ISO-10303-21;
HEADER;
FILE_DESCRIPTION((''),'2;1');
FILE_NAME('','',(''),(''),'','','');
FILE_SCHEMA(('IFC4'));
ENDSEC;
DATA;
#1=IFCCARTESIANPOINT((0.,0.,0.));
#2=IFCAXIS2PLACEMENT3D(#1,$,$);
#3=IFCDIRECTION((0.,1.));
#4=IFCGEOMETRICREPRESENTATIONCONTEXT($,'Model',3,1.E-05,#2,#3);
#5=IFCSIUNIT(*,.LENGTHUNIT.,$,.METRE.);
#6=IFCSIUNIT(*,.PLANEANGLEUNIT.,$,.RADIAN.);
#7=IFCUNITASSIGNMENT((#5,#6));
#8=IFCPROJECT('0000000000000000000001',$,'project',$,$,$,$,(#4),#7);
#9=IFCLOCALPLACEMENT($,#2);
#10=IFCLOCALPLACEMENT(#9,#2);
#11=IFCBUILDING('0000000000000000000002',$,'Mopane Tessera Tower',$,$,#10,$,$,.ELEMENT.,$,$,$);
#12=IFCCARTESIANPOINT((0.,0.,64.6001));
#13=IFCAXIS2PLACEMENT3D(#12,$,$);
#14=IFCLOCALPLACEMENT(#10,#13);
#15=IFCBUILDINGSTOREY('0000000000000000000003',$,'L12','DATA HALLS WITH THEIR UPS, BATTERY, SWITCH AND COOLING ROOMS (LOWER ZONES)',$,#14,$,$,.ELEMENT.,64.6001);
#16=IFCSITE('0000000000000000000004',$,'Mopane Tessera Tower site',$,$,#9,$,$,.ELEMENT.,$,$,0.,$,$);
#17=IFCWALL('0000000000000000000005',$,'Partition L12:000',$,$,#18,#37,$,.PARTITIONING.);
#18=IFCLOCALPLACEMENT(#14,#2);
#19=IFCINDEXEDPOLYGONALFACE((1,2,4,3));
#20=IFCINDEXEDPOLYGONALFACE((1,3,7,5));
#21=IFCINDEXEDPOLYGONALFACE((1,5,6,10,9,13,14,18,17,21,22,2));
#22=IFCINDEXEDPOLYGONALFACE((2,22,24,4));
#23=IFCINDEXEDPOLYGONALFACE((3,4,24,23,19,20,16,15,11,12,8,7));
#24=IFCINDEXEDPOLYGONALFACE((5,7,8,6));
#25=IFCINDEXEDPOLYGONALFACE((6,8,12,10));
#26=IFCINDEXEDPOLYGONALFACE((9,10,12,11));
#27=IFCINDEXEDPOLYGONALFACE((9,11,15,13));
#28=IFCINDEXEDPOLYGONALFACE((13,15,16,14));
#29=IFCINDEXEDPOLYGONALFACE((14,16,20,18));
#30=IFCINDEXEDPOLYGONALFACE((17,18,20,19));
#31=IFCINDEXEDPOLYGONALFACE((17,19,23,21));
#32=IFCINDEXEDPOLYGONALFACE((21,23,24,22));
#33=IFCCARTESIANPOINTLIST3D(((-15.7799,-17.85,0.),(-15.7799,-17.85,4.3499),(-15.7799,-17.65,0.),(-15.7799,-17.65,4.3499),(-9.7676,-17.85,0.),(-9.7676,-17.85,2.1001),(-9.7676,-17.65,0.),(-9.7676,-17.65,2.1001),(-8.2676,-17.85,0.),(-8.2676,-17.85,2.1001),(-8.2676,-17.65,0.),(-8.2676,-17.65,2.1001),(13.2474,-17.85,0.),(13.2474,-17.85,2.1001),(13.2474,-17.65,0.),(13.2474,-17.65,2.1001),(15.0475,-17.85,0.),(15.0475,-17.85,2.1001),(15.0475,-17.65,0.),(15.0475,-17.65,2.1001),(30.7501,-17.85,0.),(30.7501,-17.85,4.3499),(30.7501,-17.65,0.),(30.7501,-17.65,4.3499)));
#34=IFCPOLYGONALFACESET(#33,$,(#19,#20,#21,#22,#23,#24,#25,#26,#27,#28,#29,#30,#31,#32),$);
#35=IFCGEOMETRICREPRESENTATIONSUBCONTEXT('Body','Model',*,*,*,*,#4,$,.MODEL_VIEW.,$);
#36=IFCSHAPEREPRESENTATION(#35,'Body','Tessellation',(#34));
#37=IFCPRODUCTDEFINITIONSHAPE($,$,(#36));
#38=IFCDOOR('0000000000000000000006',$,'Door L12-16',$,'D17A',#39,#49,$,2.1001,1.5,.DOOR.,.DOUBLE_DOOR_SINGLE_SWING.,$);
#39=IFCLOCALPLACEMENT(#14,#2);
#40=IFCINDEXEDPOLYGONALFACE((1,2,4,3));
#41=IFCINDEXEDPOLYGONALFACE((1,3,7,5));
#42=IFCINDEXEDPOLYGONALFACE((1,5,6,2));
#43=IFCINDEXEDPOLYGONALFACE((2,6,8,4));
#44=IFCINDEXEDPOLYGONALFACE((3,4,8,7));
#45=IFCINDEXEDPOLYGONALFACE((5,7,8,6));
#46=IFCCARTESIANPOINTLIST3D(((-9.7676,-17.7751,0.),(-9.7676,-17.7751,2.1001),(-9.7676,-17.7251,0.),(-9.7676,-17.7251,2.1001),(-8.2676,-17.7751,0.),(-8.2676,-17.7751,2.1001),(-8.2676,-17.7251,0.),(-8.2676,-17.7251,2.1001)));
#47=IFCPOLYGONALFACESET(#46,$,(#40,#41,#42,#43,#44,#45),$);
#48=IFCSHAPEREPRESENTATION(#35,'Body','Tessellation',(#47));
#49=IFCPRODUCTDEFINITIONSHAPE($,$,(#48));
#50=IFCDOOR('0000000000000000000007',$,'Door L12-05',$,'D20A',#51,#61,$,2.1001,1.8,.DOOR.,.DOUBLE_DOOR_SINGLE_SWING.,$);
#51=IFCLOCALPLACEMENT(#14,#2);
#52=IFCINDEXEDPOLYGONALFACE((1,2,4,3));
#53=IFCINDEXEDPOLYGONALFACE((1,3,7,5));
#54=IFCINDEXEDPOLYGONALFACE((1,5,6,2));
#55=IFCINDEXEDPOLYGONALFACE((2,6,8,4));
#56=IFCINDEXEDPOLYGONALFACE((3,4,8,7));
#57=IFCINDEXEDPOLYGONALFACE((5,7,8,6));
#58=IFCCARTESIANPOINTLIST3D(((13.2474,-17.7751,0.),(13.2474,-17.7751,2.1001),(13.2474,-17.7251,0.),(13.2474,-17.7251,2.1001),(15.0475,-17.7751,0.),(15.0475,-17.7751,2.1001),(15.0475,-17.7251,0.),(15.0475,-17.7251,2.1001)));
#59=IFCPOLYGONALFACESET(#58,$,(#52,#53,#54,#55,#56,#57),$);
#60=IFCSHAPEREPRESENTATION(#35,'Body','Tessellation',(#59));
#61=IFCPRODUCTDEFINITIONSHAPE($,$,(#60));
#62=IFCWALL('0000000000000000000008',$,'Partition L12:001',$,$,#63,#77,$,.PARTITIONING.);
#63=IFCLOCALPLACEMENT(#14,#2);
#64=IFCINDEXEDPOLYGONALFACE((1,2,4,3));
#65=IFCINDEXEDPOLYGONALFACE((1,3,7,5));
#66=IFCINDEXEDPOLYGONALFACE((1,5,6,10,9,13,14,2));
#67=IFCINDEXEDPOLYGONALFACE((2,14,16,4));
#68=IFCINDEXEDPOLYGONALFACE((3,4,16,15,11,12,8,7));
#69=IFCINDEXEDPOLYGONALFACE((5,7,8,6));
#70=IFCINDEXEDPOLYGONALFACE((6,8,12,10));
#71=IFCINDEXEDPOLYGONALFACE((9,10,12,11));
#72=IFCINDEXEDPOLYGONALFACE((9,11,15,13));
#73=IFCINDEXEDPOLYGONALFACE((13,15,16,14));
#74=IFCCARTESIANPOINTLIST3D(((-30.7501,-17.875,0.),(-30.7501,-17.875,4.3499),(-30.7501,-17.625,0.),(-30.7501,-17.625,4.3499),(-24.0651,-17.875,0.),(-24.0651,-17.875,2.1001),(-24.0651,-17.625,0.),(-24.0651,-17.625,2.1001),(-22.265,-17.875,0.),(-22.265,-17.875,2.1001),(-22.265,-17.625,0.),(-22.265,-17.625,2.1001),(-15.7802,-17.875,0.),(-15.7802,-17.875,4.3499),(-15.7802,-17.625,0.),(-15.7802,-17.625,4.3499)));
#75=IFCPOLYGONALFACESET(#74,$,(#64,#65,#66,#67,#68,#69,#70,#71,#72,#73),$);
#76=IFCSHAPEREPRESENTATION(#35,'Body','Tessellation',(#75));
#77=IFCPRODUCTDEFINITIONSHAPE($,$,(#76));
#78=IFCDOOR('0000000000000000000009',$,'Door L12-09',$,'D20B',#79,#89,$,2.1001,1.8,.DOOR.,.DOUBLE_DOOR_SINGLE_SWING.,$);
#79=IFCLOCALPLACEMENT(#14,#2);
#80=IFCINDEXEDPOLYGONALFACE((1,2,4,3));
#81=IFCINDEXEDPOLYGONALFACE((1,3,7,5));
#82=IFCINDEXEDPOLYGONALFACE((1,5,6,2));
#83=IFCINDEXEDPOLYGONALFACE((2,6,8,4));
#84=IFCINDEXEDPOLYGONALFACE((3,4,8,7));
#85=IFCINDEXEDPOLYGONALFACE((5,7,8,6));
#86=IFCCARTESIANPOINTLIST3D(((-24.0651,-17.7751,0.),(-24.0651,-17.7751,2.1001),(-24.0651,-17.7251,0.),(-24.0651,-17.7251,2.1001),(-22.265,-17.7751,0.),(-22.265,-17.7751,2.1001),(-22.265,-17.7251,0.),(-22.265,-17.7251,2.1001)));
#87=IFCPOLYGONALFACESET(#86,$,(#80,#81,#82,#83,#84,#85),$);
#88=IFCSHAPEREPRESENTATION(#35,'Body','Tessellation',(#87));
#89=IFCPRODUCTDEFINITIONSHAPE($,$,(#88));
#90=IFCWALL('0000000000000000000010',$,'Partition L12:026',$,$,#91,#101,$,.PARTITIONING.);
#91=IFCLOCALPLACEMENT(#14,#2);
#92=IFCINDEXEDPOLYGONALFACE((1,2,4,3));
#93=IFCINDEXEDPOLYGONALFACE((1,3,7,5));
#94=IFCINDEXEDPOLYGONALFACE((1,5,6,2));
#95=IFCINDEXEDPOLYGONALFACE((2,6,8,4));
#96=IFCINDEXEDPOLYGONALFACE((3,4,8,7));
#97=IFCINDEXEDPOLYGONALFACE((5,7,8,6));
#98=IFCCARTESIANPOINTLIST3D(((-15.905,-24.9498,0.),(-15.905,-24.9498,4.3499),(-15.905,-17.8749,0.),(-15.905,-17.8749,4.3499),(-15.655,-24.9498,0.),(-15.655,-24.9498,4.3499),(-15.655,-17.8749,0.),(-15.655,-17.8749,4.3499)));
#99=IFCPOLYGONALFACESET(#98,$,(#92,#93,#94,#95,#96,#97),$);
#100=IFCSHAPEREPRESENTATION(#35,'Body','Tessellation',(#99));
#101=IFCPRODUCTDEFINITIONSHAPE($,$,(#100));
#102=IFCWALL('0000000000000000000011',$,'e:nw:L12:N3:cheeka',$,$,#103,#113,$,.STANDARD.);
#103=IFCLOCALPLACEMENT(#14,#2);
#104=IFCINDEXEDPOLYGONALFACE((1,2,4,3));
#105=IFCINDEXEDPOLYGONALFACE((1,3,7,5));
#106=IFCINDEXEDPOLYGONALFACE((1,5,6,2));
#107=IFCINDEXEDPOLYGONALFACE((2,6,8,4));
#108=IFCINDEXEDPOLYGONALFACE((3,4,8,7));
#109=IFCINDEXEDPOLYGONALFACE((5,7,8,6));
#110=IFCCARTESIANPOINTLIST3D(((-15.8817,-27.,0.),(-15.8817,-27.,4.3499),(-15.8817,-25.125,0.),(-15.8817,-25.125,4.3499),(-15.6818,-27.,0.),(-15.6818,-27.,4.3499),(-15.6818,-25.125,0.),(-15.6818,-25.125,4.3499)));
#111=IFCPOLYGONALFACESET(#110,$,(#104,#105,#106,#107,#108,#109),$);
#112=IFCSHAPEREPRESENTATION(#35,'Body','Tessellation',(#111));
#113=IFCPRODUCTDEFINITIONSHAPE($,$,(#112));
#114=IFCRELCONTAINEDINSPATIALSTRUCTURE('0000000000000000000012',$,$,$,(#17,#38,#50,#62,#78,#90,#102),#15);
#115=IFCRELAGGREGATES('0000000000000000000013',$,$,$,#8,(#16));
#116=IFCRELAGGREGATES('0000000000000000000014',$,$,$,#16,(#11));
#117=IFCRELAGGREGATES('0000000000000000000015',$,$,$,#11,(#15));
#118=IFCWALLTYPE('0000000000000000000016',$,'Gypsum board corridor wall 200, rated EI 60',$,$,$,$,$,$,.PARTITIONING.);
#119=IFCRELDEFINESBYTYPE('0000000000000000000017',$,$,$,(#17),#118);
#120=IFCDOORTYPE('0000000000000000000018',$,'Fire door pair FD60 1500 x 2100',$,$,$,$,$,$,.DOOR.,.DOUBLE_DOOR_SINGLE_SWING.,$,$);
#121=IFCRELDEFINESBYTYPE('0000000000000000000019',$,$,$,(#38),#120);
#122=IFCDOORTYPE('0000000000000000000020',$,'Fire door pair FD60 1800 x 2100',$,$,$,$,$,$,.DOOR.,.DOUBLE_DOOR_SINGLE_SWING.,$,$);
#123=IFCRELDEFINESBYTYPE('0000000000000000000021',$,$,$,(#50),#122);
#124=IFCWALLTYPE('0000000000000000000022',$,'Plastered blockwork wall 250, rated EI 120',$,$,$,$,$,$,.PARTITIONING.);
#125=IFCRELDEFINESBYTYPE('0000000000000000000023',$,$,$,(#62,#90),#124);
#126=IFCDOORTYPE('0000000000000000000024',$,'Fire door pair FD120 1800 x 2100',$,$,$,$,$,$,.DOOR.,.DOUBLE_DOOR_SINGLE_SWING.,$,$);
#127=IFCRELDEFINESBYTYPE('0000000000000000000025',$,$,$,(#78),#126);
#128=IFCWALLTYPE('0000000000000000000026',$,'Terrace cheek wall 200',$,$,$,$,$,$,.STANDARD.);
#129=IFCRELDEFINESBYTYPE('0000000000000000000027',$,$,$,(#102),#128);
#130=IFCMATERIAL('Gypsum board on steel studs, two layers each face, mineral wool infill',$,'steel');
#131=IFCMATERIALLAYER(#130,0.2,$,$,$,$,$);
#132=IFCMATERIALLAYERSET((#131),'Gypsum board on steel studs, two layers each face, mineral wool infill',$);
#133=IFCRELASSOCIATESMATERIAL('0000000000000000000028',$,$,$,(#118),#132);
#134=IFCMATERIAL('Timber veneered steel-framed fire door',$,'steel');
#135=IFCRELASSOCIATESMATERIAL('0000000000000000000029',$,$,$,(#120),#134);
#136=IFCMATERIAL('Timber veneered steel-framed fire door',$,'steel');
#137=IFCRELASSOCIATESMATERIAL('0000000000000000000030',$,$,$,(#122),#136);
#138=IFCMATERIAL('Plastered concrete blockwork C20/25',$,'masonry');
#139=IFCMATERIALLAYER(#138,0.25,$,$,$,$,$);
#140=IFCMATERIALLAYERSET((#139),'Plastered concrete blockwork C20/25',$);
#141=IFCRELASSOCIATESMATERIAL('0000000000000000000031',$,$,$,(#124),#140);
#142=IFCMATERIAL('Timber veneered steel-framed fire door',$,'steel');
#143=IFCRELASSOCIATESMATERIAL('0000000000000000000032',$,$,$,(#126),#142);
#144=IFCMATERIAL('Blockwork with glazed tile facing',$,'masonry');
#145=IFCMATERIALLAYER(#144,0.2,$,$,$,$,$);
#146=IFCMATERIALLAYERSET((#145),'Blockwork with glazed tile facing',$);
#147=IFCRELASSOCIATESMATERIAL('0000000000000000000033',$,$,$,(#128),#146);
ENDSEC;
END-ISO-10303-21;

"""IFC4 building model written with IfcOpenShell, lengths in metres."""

from ifc_helpers import new_model, si_unit, direction, frame, frame_2d, origin, place, context, subcontext, project, spatial, rectangle, extrude, material, layer, layer_set, type_object, element, fill, save


model = new_model("IFC4")

# Units and contexts
model_context = context("Model", 3, precision=1e-05, world=origin(), true_north=direction((0.0, 1.0)))
body_context = subcontext(model_context, "Body", "Model", "MODEL_VIEW")
ifc_project = project(units=[si_unit("LENGTHUNIT", "METRE"), si_unit("PLANEANGLEUNIT", "RADIAN")], contexts=[model_context])

# Site, building, storey
site_placement = place(None, origin())
site = spatial("IfcSite", under=ifc_project, at=site_placement, Name="Mopane Tessera Tower site", CompositionType="ELEMENT", RefElevation=0.0)
building_placement = place(site_placement, origin())
building = spatial("IfcBuilding", under=site, at=building_placement, Name="Mopane Tessera Tower", CompositionType="ELEMENT")
storey_placement = place(building_placement, frame((0.0, 0.0, 64.6001)))
storey = spatial("IfcBuildingStorey", under=building, at=storey_placement, Name="L12", Description="DATA HALLS WITH THEIR UPS, BATTERY, SWITCH AND COOLING ROOMS (LOWER ZONES)", CompositionType="ELEMENT", Elevation=64.6001)

# Wall, openings, doors
ifc_material_1 = material(Name="Gypsum board on steel studs, two layers each face, mineral wool infill", Category="steel")
ifc_layer_1 = layer(ifc_material_1, 0.2)
ifc_layer_set_1 = layer_set([ifc_layer_1], Name="Gypsum board on steel studs, two layers each face, mineral wool infill")
wall_type_1 = type_object("IfcWallType", Name="Gypsum board corridor wall 200, rated EI 60", PredefinedType="PARTITIONING", material=ifc_layer_set_1)
wall_1_placement = place(storey_placement, frame((-15.78, -17.75, 0.0), z_axis=(0.0, 0.0, 1.0), x_axis=(1.0, 0.0, 0.0)))
wall_1 = element("IfcWall", 1, at=wall_1_placement, inside=storey, type_object=wall_type_1, Name="Partition L12:000", PredefinedType="PARTITIONING", context=body_context, shape_type="SweptSolid", body=[
    extrude(rectangle(XDim=46.53, YDim=0.2, at=frame_2d((23.2651, 0.0))), origin(), (0.0, 0.0, 1.0), 4.3499),
])
opening_1_placement = place(wall_1_placement, frame((29.0276, 0.0, 0.0)))
opening_1 = element("IfcOpeningElement", 2, at=opening_1_placement, cuts=wall_1, PredefinedType="OPENING", context=body_context, shape_type="SweptSolid", body=[
    extrude(rectangle(XDim=1.8, YDim=2.1001, at=frame_2d((0.8999, 1.05))), frame((0.0, 0.1121, 0.0), z_axis=(0.0, -1.0, 0.0), x_axis=(1.0, 0.0, 0.0)), (0.0, 0.0, 1.0), 0.2239),
])
opening_2_placement = place(wall_1_placement, frame((6.0125, 0.0, 0.0)))
opening_2 = element("IfcOpeningElement", 3, at=opening_2_placement, cuts=wall_1, PredefinedType="OPENING", context=body_context, shape_type="SweptSolid", body=[
    extrude(rectangle(XDim=1.5, YDim=2.1001, at=frame_2d((0.75, 1.05))), frame((0.0, 0.1121, 0.0), z_axis=(0.0, -1.0, 0.0), x_axis=(1.0, 0.0, 0.0)), (0.0, 0.0, 1.0), 0.2239),
])
ifc_material_2 = material(Name="Timber veneered steel-framed fire door", Category="steel")
door_type_1 = type_object("IfcDoorType", Name="Fire door pair FD60 1500 x 2100", OperationType="DOUBLE_DOOR_SINGLE_SWING", PredefinedType="DOOR", material=ifc_material_2)
door_1_placement = place(opening_2_placement, origin())
door_1 = element("IfcDoor", 4, at=door_1_placement, inside=storey, type_object=door_type_1, Name="Door L12-16", ObjectType="D17A", OperationType="DOUBLE_DOOR_SINGLE_SWING", OverallHeight=2.1001, OverallWidth=1.5, PredefinedType="DOOR", context=body_context, shape_type="SweptSolid", body=[
    extrude(rectangle(XDim=1.5, YDim=2.1001, at=frame_2d((0.75, 1.05))), frame((0.0, 0.0249, 0.0), z_axis=(0.0, -1.0, 0.0), x_axis=(1.0, 0.0, 0.0)), (0.0, 0.0, 1.0), 0.05),
])
fill(opening_2, door_1)
ifc_material_3 = material(Name="Timber veneered steel-framed fire door", Category="steel")
door_type_2 = type_object("IfcDoorType", Name="Fire door pair FD60 1800 x 2100", OperationType="DOUBLE_DOOR_SINGLE_SWING", PredefinedType="DOOR", material=ifc_material_3)
door_2_placement = place(opening_1_placement, origin())
door_2 = element("IfcDoor", 5, at=door_2_placement, inside=storey, type_object=door_type_2, Name="Door L12-05", ObjectType="D20A", OperationType="DOUBLE_DOOR_SINGLE_SWING", OverallHeight=2.1001, OverallWidth=1.8, PredefinedType="DOOR", context=body_context, shape_type="SweptSolid", body=[
    extrude(rectangle(XDim=1.8, YDim=2.1001, at=frame_2d((0.8999, 1.05))), frame((0.0, 0.0249, 0.0), z_axis=(0.0, -1.0, 0.0), x_axis=(1.0, 0.0, 0.0)), (0.0, 0.0, 1.0), 0.05),
])
fill(opening_1, door_2)

# Wall, opening, door
ifc_material_4 = material(Name="Plastered concrete blockwork C20/25", Category="masonry")
ifc_layer_2 = layer(ifc_material_4, 0.25)
ifc_layer_set_2 = layer_set([ifc_layer_2], Name="Plastered concrete blockwork C20/25")
wall_type_2 = type_object("IfcWallType", Name="Plastered blockwork wall 250, rated EI 120", PredefinedType="PARTITIONING", material=ifc_layer_set_2)
wall_2_placement = place(storey_placement, frame((-30.75, -17.75, 0.0), z_axis=(0.0, 0.0, 1.0), x_axis=(1.0, 0.0, 0.0)))
wall_2 = element("IfcWall", 6, at=wall_2_placement, inside=storey, type_object=wall_type_2, Name="Partition L12:001", PredefinedType="PARTITIONING", context=body_context, shape_type="SweptSolid", body=[
    extrude(rectangle(XDim=14.97, YDim=0.25, at=frame_2d((7.4849, 0.0))), origin(), (0.0, 0.0, 1.0), 4.3499),
])
opening_3_placement = place(wall_2_placement, frame((6.6851, 0.0, 0.0)))
opening_3 = element("IfcOpeningElement", 7, at=opening_3_placement, cuts=wall_2, PredefinedType="OPENING", context=body_context, shape_type="SweptSolid", body=[
    extrude(rectangle(XDim=1.8, YDim=2.1001, at=frame_2d((0.8999, 1.05))), frame((0.0, 0.137, 0.0), z_axis=(0.0, -1.0, 0.0), x_axis=(1.0, 0.0, 0.0)), (0.0, 0.0, 1.0), 0.2739),
])
ifc_material_5 = material(Name="Timber veneered steel-framed fire door", Category="steel")
door_type_3 = type_object("IfcDoorType", Name="Fire door pair FD120 1800 x 2100", OperationType="DOUBLE_DOOR_SINGLE_SWING", PredefinedType="DOOR", material=ifc_material_5)
door_3_placement = place(opening_3_placement, origin())
door_3 = element("IfcDoor", 8, at=door_3_placement, inside=storey, type_object=door_type_3, Name="Door L12-09", ObjectType="D20B", OperationType="DOUBLE_DOOR_SINGLE_SWING", OverallHeight=2.1001, OverallWidth=1.8, PredefinedType="DOOR", context=body_context, shape_type="SweptSolid", body=[
    extrude(rectangle(XDim=1.8, YDim=2.1001, at=frame_2d((0.8999, 1.05))), frame((0.0, 0.0249, 0.0), z_axis=(0.0, -1.0, 0.0), x_axis=(1.0, 0.0, 0.0)), (0.0, 0.0, 1.0), 0.05),
])
fill(opening_3, door_3)

# Walls
wall_3_placement = place(storey_placement, frame((-15.78, -24.95, 0.0), z_axis=(0.0, 0.0, 1.0), x_axis=(0.0, 1.0, 0.0)))
element("IfcWall", 9, at=wall_3_placement, inside=storey, type_object=wall_type_2, Name="Partition L12:026", PredefinedType="PARTITIONING", context=body_context, shape_type="SweptSolid", body=[
    extrude(rectangle(XDim=7.075, YDim=0.25, at=frame_2d((3.5376, 0.0))), origin(), (0.0, 0.0, 1.0), 4.3499),
])
ifc_material_6 = material(Name="Blockwork with glazed tile facing", Category="masonry")
ifc_layer_3 = layer(ifc_material_6, 0.2)
ifc_layer_set_3 = layer_set([ifc_layer_3], Name="Blockwork with glazed tile facing")
wall_type_3 = type_object("IfcWallType", Name="Terrace cheek wall 200", PredefinedType="STANDARD", material=ifc_layer_set_3)
wall_4_placement = place(storey_placement, frame((-15.7817, -27.0, 0.0), z_axis=(0.0, 0.0, 1.0), x_axis=(0.0, 1.0, 0.0)))
element("IfcWall", 10, at=wall_4_placement, inside=storey, type_object=wall_type_3, Name="e:nw:L12:N3:cheeka", PredefinedType="STANDARD", context=body_context, shape_type="SweptSolid", body=[
    extrude(rectangle(XDim=1.875, YDim=0.2, at=frame_2d((0.9375, 0.0))), origin(), (0.0, 0.0, 1.0), 4.3499),
])

save(model, "model.ifc")
